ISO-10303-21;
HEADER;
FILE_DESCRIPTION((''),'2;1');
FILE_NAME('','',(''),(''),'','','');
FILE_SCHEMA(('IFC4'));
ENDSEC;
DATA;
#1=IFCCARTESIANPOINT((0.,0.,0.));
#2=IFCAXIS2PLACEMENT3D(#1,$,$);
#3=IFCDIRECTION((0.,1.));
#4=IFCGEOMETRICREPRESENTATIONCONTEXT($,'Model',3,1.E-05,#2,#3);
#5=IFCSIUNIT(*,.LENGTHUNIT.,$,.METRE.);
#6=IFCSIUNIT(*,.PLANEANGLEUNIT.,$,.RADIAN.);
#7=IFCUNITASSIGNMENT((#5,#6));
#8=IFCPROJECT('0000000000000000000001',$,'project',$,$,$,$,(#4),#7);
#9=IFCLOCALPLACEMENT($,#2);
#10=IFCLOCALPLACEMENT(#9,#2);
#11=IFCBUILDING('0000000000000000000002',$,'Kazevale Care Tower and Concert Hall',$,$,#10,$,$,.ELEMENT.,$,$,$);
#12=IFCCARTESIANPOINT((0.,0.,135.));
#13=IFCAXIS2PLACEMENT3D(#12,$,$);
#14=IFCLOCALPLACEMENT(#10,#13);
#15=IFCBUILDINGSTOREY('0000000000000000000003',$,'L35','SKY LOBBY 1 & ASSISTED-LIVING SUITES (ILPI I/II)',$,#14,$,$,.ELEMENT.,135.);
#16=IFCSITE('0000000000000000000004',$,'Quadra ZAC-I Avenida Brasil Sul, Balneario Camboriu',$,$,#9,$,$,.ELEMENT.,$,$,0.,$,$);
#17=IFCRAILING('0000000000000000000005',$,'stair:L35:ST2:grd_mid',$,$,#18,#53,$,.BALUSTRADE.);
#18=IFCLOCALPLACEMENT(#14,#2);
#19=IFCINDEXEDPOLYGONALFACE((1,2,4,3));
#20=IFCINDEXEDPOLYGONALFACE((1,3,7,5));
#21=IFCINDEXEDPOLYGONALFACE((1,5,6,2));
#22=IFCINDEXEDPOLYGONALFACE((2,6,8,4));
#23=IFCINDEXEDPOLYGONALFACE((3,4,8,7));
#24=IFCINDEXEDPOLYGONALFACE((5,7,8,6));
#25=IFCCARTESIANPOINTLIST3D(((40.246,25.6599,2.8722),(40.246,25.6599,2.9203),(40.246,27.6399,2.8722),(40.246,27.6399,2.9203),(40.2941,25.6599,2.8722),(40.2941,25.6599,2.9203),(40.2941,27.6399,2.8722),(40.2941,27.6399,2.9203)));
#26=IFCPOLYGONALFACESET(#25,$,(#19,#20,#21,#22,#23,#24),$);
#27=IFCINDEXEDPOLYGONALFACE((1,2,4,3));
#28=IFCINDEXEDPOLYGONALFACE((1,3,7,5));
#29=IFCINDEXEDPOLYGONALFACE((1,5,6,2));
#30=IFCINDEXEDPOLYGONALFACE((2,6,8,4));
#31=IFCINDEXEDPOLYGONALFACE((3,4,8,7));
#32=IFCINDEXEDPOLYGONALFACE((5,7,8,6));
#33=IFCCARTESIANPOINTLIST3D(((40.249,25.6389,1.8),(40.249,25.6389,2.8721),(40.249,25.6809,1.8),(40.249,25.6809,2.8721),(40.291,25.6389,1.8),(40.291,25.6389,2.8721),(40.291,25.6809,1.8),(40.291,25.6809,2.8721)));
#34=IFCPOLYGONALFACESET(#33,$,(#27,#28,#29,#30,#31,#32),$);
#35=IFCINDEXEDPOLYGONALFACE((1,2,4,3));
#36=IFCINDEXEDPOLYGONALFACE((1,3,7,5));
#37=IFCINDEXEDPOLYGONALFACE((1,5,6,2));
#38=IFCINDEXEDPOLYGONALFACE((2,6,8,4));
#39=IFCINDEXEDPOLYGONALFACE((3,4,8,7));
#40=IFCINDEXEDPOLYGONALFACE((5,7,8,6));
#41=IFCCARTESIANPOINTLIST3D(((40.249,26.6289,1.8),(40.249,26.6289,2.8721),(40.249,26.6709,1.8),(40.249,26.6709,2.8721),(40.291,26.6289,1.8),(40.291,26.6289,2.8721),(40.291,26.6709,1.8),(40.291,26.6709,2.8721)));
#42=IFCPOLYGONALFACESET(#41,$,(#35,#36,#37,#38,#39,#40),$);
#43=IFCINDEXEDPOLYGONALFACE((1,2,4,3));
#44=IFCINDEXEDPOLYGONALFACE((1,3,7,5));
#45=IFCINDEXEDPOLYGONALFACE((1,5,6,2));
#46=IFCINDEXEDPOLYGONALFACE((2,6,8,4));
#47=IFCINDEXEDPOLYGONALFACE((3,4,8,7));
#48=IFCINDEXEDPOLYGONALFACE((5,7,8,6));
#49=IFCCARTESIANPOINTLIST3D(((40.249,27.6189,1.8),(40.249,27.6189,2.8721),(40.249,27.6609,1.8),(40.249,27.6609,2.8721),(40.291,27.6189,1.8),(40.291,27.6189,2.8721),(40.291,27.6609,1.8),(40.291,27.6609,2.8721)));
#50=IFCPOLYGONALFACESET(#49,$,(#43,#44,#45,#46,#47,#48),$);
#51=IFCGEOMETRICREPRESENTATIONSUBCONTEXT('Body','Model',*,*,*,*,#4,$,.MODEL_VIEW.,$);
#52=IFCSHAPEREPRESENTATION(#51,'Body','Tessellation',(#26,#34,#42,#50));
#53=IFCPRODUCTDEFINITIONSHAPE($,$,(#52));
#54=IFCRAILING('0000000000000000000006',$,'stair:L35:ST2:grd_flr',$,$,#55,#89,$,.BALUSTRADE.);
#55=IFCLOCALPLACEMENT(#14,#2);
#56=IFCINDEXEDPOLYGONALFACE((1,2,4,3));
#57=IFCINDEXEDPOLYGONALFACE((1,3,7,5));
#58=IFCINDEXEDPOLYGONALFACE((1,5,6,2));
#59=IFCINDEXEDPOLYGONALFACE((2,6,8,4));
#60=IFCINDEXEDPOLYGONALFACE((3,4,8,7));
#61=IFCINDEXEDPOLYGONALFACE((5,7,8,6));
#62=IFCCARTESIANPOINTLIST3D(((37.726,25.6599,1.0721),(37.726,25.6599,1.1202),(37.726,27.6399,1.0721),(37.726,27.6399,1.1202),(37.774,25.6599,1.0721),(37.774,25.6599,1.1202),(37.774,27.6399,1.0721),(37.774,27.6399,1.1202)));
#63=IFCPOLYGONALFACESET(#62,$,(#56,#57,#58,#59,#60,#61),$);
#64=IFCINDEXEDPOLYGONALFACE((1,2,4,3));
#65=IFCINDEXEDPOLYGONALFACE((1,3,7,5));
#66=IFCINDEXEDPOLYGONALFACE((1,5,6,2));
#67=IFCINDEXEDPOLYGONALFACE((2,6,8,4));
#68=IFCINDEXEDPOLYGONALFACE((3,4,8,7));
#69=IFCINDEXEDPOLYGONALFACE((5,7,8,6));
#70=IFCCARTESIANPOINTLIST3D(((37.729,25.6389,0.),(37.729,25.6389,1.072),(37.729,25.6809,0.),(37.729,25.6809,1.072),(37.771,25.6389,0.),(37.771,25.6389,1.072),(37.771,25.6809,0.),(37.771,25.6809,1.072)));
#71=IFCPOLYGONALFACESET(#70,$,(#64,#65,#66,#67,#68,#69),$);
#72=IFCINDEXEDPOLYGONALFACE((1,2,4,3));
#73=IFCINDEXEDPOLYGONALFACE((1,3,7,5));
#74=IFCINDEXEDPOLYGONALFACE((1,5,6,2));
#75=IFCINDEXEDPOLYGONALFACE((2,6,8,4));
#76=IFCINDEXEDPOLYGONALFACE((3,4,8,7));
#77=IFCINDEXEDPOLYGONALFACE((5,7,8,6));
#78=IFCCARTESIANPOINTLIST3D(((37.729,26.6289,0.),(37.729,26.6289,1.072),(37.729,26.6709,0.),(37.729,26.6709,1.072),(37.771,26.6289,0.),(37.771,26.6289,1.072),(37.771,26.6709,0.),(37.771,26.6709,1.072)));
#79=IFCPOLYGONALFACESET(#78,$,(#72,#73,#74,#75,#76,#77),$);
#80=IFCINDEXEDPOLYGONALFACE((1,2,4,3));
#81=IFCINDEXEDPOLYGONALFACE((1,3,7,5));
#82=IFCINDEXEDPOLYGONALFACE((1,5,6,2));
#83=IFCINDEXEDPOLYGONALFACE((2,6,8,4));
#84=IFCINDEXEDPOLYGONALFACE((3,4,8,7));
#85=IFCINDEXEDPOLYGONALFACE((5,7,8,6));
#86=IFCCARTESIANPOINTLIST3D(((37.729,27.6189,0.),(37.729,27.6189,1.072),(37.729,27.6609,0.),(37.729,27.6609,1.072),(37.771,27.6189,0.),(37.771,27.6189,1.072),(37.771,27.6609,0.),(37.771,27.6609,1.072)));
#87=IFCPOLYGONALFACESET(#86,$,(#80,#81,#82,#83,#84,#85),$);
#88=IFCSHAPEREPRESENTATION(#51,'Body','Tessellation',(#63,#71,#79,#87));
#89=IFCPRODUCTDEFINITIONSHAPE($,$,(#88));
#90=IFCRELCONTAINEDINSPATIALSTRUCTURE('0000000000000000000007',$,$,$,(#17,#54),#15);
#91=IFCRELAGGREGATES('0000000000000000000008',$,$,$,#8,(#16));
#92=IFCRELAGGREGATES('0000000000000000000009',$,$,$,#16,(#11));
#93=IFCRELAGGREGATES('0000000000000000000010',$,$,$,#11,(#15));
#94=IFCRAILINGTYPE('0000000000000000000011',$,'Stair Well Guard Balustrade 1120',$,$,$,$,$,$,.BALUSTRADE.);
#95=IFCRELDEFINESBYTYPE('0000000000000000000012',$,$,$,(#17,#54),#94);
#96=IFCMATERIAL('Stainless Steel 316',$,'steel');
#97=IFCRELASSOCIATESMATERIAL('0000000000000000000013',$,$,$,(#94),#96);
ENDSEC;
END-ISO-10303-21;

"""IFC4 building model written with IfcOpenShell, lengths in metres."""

from ifc_helpers import new_model, si_unit, direction, frame, origin, origin_2d, place, context, subcontext, project, spatial, rectangle, extrude, material, type_object, element, save


model = new_model("IFC4")

# Units and contexts
model_context = context("Model", 3, precision=1e-05, world=origin(), true_north=direction((0.0, 1.0)))
body_context = subcontext(model_context, "Body", "Model", "MODEL_VIEW")
ifc_project = project(units=[si_unit("LENGTHUNIT", "METRE"), si_unit("PLANEANGLEUNIT", "RADIAN")], contexts=[model_context])

# Site, building, storey
site_placement = place(None, origin())
site = spatial("IfcSite", under=ifc_project, at=site_placement, Name="Quadra ZAC-I Avenida Brasil Sul, Balneario Camboriu", CompositionType="ELEMENT", RefElevation=0.0)
building_placement = place(site_placement, origin())
building = spatial("IfcBuilding", under=site, at=building_placement, Name="Kazevale Care Tower and Concert Hall", CompositionType="ELEMENT")
storey_placement = place(building_placement, frame((0.0, 0.0, 135.0)))
storey = spatial("IfcBuildingStorey", under=building, at=storey_placement, Name="L35", Description="SKY LOBBY 1 & ASSISTED-LIVING SUITES (ILPI I/II)", CompositionType="ELEMENT", Elevation=135.0)

# Railings
ifc_material_1 = material(Name="Stainless Steel 316", Category="steel")
railing_type_1 = type_object("IfcRailingType", Name="Stair Well Guard Balustrade 1120", PredefinedType="BALUSTRADE", material=ifc_material_1)
for number, where, name in (
    (1, (40.27, 25.6599, 1.8), "stair:L35:ST2:grd_mid"),
    (2, (37.75, 25.6599, 0.0), "stair:L35:ST2:grd_flr"),
):
    element("IfcRailing", number, at=place(storey_placement, frame(where)), inside=storey, type_object=railing_type_1, Name=name, PredefinedType="BALUSTRADE", context=body_context, shape_type="SweptSolid", body=[
        extrude(rectangle(XDim=0.0481, YDim=0.0481, at=origin_2d()), frame((0.0, 0.0, 1.0962), z_axis=(0.0, 1.0, 0.0), x_axis=(-1.0, 0.0, 0.0)), (0.0, 0.0, 1.0), 1.98),
        extrude(rectangle(XDim=0.042, YDim=0.042, at=origin_2d()), origin(), (0.0, 0.0, 1.0), 1.072),
        extrude(rectangle(XDim=0.042, YDim=0.042, at=origin_2d()), frame((0.0, 0.99, 0.0)), (0.0, 0.0, 1.0), 1.072),
        extrude(rectangle(XDim=0.042, YDim=0.042, at=origin_2d()), frame((0.0, 1.98, 0.0)), (0.0, 0.0, 1.0), 1.072),
    ])

save(model, "model.ifc")
